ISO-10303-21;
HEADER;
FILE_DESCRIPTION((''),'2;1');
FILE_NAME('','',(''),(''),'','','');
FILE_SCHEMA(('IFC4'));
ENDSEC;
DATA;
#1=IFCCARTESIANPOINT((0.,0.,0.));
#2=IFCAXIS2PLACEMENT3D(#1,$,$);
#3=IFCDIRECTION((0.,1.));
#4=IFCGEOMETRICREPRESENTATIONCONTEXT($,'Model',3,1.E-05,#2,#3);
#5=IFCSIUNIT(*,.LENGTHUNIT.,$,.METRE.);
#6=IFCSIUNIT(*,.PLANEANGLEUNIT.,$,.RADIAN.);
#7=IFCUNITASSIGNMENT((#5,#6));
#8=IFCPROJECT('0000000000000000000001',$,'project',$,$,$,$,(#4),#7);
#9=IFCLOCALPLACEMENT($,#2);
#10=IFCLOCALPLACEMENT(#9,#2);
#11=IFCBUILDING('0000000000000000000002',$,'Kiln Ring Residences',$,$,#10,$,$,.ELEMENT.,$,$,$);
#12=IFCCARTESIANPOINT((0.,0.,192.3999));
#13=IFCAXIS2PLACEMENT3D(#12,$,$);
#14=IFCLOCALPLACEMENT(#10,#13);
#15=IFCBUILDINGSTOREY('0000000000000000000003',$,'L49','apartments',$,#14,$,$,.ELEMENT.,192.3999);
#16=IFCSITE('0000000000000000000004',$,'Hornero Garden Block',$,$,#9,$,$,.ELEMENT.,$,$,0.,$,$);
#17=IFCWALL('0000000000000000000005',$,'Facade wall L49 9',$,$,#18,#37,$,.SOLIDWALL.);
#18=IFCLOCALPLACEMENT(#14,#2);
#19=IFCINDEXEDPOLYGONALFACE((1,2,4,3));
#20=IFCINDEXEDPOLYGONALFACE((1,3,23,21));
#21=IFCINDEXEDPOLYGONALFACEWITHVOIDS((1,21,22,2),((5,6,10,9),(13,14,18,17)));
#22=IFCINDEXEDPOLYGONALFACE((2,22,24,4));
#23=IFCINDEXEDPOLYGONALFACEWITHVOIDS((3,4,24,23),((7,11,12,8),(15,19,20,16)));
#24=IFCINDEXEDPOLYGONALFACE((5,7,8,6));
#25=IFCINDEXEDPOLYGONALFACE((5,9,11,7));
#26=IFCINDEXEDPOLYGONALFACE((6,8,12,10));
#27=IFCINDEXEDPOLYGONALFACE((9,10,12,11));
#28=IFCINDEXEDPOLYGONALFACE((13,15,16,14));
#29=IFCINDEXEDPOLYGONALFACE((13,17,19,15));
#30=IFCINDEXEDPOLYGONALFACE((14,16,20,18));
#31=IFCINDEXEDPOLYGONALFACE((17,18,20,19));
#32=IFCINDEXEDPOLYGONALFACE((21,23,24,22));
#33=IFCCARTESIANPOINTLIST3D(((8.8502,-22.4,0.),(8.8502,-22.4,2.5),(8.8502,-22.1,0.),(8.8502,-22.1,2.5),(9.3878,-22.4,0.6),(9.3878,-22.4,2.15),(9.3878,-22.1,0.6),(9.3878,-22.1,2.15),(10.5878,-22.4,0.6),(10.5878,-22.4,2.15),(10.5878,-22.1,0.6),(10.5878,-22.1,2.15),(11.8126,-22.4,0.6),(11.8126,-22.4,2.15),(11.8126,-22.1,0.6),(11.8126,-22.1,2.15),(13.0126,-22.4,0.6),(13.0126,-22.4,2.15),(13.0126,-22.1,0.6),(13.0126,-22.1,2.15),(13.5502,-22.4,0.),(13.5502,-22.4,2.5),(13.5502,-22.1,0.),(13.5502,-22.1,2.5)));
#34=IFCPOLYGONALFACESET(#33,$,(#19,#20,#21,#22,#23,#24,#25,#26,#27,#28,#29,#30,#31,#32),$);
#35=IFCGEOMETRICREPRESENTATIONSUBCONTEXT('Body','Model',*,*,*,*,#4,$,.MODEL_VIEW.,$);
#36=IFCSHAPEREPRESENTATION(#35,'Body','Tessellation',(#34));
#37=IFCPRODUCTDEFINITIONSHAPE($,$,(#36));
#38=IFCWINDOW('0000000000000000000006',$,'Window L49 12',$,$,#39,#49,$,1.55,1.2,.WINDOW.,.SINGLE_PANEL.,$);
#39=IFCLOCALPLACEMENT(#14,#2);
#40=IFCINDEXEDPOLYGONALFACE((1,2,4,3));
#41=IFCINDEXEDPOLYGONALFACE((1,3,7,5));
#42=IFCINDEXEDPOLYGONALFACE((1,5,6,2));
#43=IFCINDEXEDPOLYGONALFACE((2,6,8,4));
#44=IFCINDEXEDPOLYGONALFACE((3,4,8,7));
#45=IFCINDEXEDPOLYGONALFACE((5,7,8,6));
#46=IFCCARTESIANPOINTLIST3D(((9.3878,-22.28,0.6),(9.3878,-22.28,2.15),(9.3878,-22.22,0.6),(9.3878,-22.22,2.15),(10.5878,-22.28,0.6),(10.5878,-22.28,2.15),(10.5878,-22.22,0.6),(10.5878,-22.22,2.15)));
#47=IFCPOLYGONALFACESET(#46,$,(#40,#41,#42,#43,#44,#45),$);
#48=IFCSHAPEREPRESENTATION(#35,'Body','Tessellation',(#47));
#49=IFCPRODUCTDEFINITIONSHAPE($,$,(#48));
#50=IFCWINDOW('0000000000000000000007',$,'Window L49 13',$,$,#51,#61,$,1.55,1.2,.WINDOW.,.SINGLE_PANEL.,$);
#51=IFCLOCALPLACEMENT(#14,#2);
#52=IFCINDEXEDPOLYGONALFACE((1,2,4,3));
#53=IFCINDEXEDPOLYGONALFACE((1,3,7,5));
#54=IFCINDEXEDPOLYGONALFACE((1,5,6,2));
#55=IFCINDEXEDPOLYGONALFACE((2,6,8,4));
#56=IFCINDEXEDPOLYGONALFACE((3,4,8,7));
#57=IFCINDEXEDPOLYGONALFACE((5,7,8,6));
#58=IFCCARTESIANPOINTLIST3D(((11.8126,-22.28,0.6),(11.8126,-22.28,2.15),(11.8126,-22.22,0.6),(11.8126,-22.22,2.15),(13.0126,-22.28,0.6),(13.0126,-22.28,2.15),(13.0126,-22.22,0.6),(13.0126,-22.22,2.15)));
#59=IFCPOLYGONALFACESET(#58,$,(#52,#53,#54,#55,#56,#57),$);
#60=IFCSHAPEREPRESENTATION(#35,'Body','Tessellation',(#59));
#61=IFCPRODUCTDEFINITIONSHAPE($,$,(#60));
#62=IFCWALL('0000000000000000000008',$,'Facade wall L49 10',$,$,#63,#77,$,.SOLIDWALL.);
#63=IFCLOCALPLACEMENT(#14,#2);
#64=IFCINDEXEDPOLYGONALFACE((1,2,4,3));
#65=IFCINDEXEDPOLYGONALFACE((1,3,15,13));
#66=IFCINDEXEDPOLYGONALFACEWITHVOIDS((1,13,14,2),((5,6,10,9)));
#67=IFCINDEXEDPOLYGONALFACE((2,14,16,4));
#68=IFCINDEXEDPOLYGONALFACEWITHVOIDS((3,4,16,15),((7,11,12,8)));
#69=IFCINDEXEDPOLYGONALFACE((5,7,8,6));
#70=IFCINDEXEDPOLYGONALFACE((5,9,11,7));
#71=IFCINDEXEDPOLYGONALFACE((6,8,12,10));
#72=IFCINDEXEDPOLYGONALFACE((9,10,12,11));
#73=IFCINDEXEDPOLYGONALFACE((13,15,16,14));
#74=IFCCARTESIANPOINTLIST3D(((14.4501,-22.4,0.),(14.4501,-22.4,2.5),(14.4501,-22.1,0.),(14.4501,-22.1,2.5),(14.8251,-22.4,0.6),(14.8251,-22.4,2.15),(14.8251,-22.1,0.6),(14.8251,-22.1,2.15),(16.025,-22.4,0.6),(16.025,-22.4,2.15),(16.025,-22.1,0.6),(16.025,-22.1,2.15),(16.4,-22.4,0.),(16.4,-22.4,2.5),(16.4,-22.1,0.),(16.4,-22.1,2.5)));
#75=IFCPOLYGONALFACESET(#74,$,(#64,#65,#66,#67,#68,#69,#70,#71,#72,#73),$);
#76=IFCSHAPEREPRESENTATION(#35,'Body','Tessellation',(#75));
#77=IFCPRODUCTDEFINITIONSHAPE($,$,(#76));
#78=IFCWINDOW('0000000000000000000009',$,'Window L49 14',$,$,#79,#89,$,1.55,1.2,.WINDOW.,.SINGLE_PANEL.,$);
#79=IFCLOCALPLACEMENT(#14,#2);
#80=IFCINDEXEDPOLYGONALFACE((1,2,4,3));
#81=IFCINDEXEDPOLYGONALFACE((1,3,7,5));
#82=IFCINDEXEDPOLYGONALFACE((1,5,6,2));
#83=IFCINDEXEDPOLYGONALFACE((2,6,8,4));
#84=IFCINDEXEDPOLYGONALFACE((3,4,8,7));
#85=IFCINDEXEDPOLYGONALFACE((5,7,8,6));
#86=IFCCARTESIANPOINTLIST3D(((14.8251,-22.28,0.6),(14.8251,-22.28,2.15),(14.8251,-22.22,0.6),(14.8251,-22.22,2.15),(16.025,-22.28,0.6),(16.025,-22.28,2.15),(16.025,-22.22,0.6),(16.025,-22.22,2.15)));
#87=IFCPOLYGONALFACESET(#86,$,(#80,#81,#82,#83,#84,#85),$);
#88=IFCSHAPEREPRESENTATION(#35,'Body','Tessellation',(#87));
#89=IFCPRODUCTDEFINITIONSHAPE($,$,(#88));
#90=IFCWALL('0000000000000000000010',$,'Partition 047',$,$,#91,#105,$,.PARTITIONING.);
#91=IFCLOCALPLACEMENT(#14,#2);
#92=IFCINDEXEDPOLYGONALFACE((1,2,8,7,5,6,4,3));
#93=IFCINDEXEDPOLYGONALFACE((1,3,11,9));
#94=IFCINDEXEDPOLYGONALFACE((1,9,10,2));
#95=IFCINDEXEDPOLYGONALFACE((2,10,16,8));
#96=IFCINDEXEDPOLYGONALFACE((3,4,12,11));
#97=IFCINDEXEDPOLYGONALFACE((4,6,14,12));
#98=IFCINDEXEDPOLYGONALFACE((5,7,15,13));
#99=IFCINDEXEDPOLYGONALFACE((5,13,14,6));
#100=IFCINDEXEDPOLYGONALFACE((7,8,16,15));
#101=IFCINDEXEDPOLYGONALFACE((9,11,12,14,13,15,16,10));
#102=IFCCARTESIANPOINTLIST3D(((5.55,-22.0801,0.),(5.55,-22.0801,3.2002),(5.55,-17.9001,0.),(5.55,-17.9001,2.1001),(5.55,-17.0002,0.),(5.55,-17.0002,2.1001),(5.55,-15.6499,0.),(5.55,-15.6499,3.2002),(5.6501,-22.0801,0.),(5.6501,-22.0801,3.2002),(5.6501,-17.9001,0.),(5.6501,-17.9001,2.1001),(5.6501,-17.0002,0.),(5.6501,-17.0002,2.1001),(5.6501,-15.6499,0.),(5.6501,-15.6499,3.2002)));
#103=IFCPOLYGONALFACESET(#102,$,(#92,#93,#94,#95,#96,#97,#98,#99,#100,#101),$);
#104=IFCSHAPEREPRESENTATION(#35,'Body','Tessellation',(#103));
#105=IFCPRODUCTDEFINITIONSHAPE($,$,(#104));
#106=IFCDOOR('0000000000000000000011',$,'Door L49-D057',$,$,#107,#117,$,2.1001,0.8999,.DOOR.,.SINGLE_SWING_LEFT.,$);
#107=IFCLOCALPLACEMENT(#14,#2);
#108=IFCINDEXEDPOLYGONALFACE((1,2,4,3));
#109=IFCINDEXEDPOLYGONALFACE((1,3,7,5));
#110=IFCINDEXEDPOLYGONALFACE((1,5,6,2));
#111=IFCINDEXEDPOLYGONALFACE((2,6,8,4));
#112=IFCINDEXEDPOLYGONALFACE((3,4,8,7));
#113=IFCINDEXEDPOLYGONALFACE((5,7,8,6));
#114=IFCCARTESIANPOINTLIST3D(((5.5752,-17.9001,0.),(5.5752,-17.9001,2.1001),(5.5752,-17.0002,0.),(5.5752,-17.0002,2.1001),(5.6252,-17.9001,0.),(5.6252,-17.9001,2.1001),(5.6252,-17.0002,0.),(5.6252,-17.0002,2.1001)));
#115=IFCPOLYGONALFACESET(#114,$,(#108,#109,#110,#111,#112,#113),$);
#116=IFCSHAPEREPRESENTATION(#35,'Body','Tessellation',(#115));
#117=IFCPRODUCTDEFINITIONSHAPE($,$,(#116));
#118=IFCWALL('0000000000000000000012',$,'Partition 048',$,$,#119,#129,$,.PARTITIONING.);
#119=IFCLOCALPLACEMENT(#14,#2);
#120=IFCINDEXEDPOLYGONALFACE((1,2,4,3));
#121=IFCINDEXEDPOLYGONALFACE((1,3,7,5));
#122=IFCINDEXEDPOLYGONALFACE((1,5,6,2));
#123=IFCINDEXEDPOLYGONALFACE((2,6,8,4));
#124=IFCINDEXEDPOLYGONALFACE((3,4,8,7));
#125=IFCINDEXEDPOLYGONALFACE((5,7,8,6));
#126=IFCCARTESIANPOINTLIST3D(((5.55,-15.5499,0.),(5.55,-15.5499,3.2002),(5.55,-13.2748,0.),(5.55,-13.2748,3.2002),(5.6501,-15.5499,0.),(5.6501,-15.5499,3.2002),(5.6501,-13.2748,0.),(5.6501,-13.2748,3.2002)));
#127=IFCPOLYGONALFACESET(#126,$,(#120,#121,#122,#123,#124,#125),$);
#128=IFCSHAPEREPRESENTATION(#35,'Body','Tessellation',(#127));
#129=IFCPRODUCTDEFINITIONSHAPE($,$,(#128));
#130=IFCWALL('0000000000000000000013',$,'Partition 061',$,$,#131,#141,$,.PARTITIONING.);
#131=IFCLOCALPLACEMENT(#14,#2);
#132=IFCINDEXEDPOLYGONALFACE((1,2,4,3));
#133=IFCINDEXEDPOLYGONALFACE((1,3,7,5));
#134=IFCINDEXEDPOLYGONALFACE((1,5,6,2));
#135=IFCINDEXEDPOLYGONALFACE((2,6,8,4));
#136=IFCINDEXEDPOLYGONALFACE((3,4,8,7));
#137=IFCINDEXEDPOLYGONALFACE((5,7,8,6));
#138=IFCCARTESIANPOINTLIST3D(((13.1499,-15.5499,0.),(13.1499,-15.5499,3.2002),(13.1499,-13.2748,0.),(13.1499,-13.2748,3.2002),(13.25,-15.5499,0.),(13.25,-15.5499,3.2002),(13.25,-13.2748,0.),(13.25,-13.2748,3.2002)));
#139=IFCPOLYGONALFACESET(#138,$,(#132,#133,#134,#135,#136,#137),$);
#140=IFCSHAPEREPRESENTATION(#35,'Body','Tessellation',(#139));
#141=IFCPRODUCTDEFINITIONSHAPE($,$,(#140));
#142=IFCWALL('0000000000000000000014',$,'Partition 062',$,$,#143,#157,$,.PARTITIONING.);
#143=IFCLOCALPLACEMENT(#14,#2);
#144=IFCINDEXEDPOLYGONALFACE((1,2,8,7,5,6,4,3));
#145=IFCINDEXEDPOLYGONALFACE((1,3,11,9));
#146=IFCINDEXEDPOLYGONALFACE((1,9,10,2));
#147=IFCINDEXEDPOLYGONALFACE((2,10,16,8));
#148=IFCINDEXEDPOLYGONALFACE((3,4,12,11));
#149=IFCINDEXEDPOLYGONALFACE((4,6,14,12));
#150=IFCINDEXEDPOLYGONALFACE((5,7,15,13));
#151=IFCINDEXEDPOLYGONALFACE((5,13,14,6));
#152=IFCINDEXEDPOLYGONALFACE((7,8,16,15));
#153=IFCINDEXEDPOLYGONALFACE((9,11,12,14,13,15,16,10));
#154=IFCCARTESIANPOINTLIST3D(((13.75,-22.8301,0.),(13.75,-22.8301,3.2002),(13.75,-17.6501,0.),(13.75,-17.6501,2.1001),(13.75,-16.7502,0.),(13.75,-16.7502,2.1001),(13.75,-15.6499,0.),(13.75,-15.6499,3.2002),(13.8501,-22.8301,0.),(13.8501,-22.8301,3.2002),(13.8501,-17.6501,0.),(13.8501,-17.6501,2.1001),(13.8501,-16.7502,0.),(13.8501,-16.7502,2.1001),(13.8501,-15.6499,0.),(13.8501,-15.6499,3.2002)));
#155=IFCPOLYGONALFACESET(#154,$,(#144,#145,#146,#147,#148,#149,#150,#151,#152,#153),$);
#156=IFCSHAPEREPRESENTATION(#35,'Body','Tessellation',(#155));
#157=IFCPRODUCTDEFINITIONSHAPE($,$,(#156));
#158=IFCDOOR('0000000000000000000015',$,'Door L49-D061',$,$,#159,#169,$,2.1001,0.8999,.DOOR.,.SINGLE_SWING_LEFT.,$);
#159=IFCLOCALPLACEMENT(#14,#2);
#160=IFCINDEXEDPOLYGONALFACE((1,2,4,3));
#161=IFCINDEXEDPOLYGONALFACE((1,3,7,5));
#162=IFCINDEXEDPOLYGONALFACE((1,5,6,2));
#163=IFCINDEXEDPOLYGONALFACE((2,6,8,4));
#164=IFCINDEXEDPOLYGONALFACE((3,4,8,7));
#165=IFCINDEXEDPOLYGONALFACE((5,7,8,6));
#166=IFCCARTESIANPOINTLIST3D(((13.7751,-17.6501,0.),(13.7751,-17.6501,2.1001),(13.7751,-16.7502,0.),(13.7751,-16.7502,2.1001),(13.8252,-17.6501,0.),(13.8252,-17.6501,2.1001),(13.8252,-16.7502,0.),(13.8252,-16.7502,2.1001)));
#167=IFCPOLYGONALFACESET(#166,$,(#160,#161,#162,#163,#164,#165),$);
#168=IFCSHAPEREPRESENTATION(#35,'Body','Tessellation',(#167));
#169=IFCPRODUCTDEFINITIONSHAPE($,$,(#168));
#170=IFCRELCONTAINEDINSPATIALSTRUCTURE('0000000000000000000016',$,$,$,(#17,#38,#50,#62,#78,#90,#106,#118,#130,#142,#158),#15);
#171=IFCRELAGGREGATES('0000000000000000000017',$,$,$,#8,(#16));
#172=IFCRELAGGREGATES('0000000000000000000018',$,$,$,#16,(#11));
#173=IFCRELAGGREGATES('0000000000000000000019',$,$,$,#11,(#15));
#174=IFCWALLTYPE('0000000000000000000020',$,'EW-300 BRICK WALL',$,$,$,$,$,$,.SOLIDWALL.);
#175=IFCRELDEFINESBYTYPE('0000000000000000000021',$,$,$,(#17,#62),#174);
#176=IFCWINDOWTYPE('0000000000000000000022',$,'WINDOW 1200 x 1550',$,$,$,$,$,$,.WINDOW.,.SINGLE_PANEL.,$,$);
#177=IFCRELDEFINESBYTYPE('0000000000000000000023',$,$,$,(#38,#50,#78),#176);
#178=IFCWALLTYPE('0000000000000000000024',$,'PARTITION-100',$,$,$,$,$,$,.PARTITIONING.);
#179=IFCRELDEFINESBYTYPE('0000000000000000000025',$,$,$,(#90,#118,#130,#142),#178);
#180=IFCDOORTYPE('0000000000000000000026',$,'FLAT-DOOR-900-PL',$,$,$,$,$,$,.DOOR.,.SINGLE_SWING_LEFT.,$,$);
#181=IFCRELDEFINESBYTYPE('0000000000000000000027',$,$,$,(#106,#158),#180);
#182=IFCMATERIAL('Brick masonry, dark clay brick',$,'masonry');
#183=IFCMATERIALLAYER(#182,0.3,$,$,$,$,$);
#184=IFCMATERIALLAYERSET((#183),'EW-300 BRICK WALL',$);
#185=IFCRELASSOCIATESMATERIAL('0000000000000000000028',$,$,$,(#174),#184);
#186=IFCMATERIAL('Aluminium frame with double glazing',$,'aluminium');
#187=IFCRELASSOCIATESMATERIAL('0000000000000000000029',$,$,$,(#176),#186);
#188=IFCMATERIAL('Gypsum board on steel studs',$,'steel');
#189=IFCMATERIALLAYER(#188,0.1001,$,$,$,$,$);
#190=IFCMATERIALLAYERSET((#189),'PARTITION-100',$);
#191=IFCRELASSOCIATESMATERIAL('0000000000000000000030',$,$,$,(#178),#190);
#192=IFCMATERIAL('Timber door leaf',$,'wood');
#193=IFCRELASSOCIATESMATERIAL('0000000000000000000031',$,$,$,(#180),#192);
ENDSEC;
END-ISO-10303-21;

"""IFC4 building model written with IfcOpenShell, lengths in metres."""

from ifc_helpers import new_model, si_unit, direction, frame, frame_2d, origin, place, context, subcontext, project, spatial, rectangle, extrude, material, layer, layer_set, type_object, element, fill, save


model = new_model("IFC4")

# Units and contexts
model_context = context("Model", 3, precision=1e-05, world=origin(), true_north=direction((0.0, 1.0)))
body_context = subcontext(model_context, "Body", "Model", "MODEL_VIEW")
ifc_project = project(units=[si_unit("LENGTHUNIT", "METRE"), si_unit("PLANEANGLEUNIT", "RADIAN")], contexts=[model_context])

# Site, building, storey
site_placement = place(None, origin())
site = spatial("IfcSite", under=ifc_project, at=site_placement, Name="Hornero Garden Block", CompositionType="ELEMENT", RefElevation=0.0)
building_placement = place(site_placement, origin())
building = spatial("IfcBuilding", under=site, at=building_placement, Name="Kiln Ring Residences", CompositionType="ELEMENT")
storey_placement = place(building_placement, frame((0.0, 0.0, 192.3999)))
storey = spatial("IfcBuildingStorey", under=building, at=storey_placement, Name="L49", Description="apartments", CompositionType="ELEMENT", Elevation=192.3999)

# Wall, openings, windows
ifc_material_1 = material(Name="Brick masonry, dark clay brick", Category="masonry")
ifc_layer_1 = layer(ifc_material_1, 0.3)
ifc_layer_set_1 = layer_set([ifc_layer_1], Name="EW-300 BRICK WALL")
wall_type_1 = type_object("IfcWallType", Name="EW-300 BRICK WALL", PredefinedType="SOLIDWALL", material=ifc_layer_set_1)
ifc_material_2 = material(Name="Aluminium frame with double glazing", Category="aluminium")
window_type = type_object("IfcWindowType", Name="WINDOW 1200 x 1550", PartitioningType="SINGLE_PANEL", PredefinedType="WINDOW", material=ifc_material_2)
wall_1_placement = place(storey_placement, frame((8.8501, -22.25, 0.0), z_axis=(0.0, 0.0, 1.0), x_axis=(1.0, 0.0, 0.0)))
wall_1 = element("IfcWall", 1, at=wall_1_placement, inside=storey, type_object=wall_type_1, Name="Facade wall L49 9", PredefinedType="SOLIDWALL", context=body_context, shape_type="SweptSolid", body=[
    extrude(rectangle(XDim=4.7, YDim=0.3, at=frame_2d((2.3501, 0.0))), origin(), (0.0, 0.0, 1.0), 2.5),
])
opening_1_placement = place(wall_1_placement, frame((0.5376, 0.0, 0.6001)))
opening_1 = element("IfcOpeningElement", 2, at=opening_1_placement, cuts=wall_1, PredefinedType="OPENING", context=body_context, shape_type="SweptSolid", body=[
    extrude(rectangle(XDim=1.2, YDim=1.55, at=frame_2d((0.6001, 0.7749))), frame((0.0, 0.1599, 0.0), z_axis=(0.0, -1.0, 0.0), x_axis=(1.0, 0.0, 0.0)), (0.0, 0.0, 1.0), 0.3201),
])
opening_2_placement = place(wall_1_placement, frame((2.9624, 0.0, 0.6001)))
opening_2 = element("IfcOpeningElement", 3, at=opening_2_placement, cuts=wall_1, PredefinedType="OPENING", context=body_context, shape_type="SweptSolid", body=[
    extrude(rectangle(XDim=1.2, YDim=1.55, at=frame_2d((0.6001, 0.7749))), frame((0.0, 0.1599, 0.0), z_axis=(0.0, -1.0, 0.0), x_axis=(1.0, 0.0, 0.0)), (0.0, 0.0, 1.0), 0.3201),
])
window_1_placement = place(opening_1_placement, origin())
window_1 = element("IfcWindow", 4, at=window_1_placement, inside=storey, type_object=window_type, Name="Window L49 12", OverallHeight=1.55, OverallWidth=1.2, PartitioningType="SINGLE_PANEL", PredefinedType="WINDOW", context=body_context, shape_type="SweptSolid", body=[
    extrude(rectangle(XDim=1.2, YDim=1.55, at=frame_2d((0.6001, 0.7749))), frame((0.0, 0.03, 0.0), z_axis=(0.0, -1.0, 0.0), x_axis=(1.0, 0.0, 0.0)), (0.0, 0.0, 1.0), 0.0601),
])
fill(opening_1, window_1)
window_2_placement = place(opening_2_placement, origin())
window_2 = element("IfcWindow", 5, at=window_2_placement, inside=storey, type_object=window_type, Name="Window L49 13", OverallHeight=1.55, OverallWidth=1.2, PartitioningType="SINGLE_PANEL", PredefinedType="WINDOW", context=body_context, shape_type="SweptSolid", body=[
    extrude(rectangle(XDim=1.2, YDim=1.55, at=frame_2d((0.6001, 0.7749))), frame((0.0, 0.03, 0.0), z_axis=(0.0, -1.0, 0.0), x_axis=(1.0, 0.0, 0.0)), (0.0, 0.0, 1.0), 0.0601),
])
fill(opening_2, window_2)

# Wall, opening, window
wall_2_placement = place(storey_placement, frame((14.45, -22.25, 0.0), z_axis=(0.0, 0.0, 1.0), x_axis=(1.0, 0.0, 0.0)))
wall_2 = element("IfcWall", 6, at=wall_2_placement, inside=storey, type_object=wall_type_1, Name="Facade wall L49 10", PredefinedType="SOLIDWALL", context=body_context, shape_type="SweptSolid", body=[
    extrude(rectangle(XDim=1.95, YDim=0.3, at=frame_2d((0.9751, 0.0))), origin(), (0.0, 0.0, 1.0), 2.5),
])
opening_3_placement = place(wall_2_placement, frame((0.375, 0.0, 0.6001)))
opening_3 = element("IfcOpeningElement", 7, at=opening_3_placement, cuts=wall_2, PredefinedType="OPENING", context=body_context, shape_type="SweptSolid", body=[
    extrude(rectangle(XDim=1.2, YDim=1.55, at=frame_2d((0.6001, 0.7749))), frame((0.0, 0.1599, 0.0), z_axis=(0.0, -1.0, 0.0), x_axis=(1.0, 0.0, 0.0)), (0.0, 0.0, 1.0), 0.3201),
])
window_3_placement = place(opening_3_placement, origin())
window_3 = element("IfcWindow", 8, at=window_3_placement, inside=storey, type_object=window_type, Name="Window L49 14", OverallHeight=1.55, OverallWidth=1.2, PartitioningType="SINGLE_PANEL", PredefinedType="WINDOW", context=body_context, shape_type="SweptSolid", body=[
    extrude(rectangle(XDim=1.2, YDim=1.55, at=frame_2d((0.6001, 0.7749))), frame((0.0, 0.03, 0.0), z_axis=(0.0, -1.0, 0.0), x_axis=(1.0, 0.0, 0.0)), (0.0, 0.0, 1.0), 0.0601),
])
fill(opening_3, window_3)

# Wall, opening, door
ifc_material_3 = material(Name="Gypsum board on steel studs", Category="steel")
ifc_layer_2 = layer(ifc_material_3, 0.1001)
ifc_layer_set_2 = layer_set([ifc_layer_2], Name="PARTITION-100")
wall_type_2 = type_object("IfcWallType", Name="PARTITION-100", PredefinedType="PARTITIONING", material=ifc_layer_set_2)
wall_3_placement = place(storey_placement, frame((5.6001, -22.0801, 0.0), z_axis=(0.0, 0.0, 1.0), x_axis=(0.0, 1.0, 0.0)))
wall_3 = element("IfcWall", 9, at=wall_3_placement, inside=storey, type_object=wall_type_2, Name="Partition 047", PredefinedType="PARTITIONING", context=body_context, shape_type="SweptSolid", body=[
    extrude(rectangle(XDim=6.4302, YDim=0.1001, at=frame_2d((3.2151, 0.0))), origin(), (0.0, 0.0, 1.0), 3.2002),
])
opening_4_placement = place(wall_3_placement, frame((4.1799, 0.0, 0.0)))
opening_4 = element("IfcOpeningElement", 10, at=opening_4_placement, cuts=wall_3, PredefinedType="OPENING", context=body_context, shape_type="SweptSolid", body=[
    extrude(rectangle(XDim=0.8999, YDim=2.1001, at=frame_2d((0.45, 1.05))), frame((0.0, 0.0601, 0.0), z_axis=(0.0, -1.0, 0.0), x_axis=(1.0, 0.0, 0.0)), (0.0, 0.0, 1.0), 0.1201),
])
ifc_material_4 = material(Name="Timber door leaf", Category="wood")
door_type = type_object("IfcDoorType", Name="FLAT-DOOR-900-PL", OperationType="SINGLE_SWING_LEFT", PredefinedType="DOOR", material=ifc_material_4)
door_1_placement = place(opening_4_placement, origin())
door_1 = element("IfcDoor", 11, at=door_1_placement, inside=storey, type_object=door_type, Name="Door L49-D057", OperationType="SINGLE_SWING_LEFT", OverallHeight=2.1001, OverallWidth=0.8999, PredefinedType="DOOR", context=body_context, shape_type="SweptSolid", body=[
    extrude(rectangle(XDim=0.8999, YDim=2.1001, at=frame_2d((0.45, 1.05))), frame((0.0, 0.0249, 0.0), z_axis=(0.0, -1.0, 0.0), x_axis=(1.0, 0.0, 0.0)), (0.0, 0.0, 1.0), 0.05),
])
fill(opening_4, door_1)

# Walls
for number, where, z_axis, x_axis, name in (
    (12, (5.6001, -15.55, 0.0), (0.0, 0.0, 1.0), (0.0, 1.0, 0.0), "Partition 048"),
    (13, (13.2, -15.55, 0.0), (0.0, 0.0, 1.0), (0.0, 1.0, 0.0), "Partition 061"),
):
    element("IfcWall", number, at=place(storey_placement, frame(where, z_axis=z_axis, x_axis=x_axis)), inside=storey, type_object=wall_type_2, Name=name, PredefinedType="PARTITIONING", context=body_context, shape_type="SweptSolid", body=[
        extrude(rectangle(XDim=2.2751, YDim=0.1001, at=frame_2d((1.1377, 0.0))), origin(), (0.0, 0.0, 1.0), 3.2002),
    ])

# Wall, opening, door
wall_4_placement = place(storey_placement, frame((13.8, -22.8301, 0.0), z_axis=(0.0, 0.0, 1.0), x_axis=(0.0, 1.0, 0.0)))
wall_4 = element("IfcWall", 14, at=wall_4_placement, inside=storey, type_object=wall_type_2, Name="Partition 062", PredefinedType="PARTITIONING", context=body_context, shape_type="SweptSolid", body=[
    extrude(rectangle(XDim=7.1802, YDim=0.1001, at=frame_2d((3.5901, 0.0))), origin(), (0.0, 0.0, 1.0), 3.2002),
])
opening_5_placement = place(wall_4_placement, frame((5.1799, 0.0, 0.0)))
opening_5 = element("IfcOpeningElement", 15, at=opening_5_placement, cuts=wall_4, PredefinedType="OPENING", context=body_context, shape_type="SweptSolid", body=[
    extrude(rectangle(XDim=0.8999, YDim=2.1001, at=frame_2d((0.45, 1.05))), frame((0.0, 0.0601, 0.0), z_axis=(0.0, -1.0, 0.0), x_axis=(1.0, 0.0, 0.0)), (0.0, 0.0, 1.0), 0.1201),
])
door_2_placement = place(opening_5_placement, origin())
door_2 = element("IfcDoor", 16, at=door_2_placement, inside=storey, type_object=door_type, Name="Door L49-D061", OperationType="SINGLE_SWING_LEFT", OverallHeight=2.1001, OverallWidth=0.8999, PredefinedType="DOOR", context=body_context, shape_type="SweptSolid", body=[
    extrude(rectangle(XDim=0.8999, YDim=2.1001, at=frame_2d((0.45, 1.05))), frame((0.0, 0.0249, 0.0), z_axis=(0.0, -1.0, 0.0), x_axis=(1.0, 0.0, 0.0)), (0.0, 0.0, 1.0), 0.05),
])
fill(opening_5, door_2)

save(model, "model.ifc")
